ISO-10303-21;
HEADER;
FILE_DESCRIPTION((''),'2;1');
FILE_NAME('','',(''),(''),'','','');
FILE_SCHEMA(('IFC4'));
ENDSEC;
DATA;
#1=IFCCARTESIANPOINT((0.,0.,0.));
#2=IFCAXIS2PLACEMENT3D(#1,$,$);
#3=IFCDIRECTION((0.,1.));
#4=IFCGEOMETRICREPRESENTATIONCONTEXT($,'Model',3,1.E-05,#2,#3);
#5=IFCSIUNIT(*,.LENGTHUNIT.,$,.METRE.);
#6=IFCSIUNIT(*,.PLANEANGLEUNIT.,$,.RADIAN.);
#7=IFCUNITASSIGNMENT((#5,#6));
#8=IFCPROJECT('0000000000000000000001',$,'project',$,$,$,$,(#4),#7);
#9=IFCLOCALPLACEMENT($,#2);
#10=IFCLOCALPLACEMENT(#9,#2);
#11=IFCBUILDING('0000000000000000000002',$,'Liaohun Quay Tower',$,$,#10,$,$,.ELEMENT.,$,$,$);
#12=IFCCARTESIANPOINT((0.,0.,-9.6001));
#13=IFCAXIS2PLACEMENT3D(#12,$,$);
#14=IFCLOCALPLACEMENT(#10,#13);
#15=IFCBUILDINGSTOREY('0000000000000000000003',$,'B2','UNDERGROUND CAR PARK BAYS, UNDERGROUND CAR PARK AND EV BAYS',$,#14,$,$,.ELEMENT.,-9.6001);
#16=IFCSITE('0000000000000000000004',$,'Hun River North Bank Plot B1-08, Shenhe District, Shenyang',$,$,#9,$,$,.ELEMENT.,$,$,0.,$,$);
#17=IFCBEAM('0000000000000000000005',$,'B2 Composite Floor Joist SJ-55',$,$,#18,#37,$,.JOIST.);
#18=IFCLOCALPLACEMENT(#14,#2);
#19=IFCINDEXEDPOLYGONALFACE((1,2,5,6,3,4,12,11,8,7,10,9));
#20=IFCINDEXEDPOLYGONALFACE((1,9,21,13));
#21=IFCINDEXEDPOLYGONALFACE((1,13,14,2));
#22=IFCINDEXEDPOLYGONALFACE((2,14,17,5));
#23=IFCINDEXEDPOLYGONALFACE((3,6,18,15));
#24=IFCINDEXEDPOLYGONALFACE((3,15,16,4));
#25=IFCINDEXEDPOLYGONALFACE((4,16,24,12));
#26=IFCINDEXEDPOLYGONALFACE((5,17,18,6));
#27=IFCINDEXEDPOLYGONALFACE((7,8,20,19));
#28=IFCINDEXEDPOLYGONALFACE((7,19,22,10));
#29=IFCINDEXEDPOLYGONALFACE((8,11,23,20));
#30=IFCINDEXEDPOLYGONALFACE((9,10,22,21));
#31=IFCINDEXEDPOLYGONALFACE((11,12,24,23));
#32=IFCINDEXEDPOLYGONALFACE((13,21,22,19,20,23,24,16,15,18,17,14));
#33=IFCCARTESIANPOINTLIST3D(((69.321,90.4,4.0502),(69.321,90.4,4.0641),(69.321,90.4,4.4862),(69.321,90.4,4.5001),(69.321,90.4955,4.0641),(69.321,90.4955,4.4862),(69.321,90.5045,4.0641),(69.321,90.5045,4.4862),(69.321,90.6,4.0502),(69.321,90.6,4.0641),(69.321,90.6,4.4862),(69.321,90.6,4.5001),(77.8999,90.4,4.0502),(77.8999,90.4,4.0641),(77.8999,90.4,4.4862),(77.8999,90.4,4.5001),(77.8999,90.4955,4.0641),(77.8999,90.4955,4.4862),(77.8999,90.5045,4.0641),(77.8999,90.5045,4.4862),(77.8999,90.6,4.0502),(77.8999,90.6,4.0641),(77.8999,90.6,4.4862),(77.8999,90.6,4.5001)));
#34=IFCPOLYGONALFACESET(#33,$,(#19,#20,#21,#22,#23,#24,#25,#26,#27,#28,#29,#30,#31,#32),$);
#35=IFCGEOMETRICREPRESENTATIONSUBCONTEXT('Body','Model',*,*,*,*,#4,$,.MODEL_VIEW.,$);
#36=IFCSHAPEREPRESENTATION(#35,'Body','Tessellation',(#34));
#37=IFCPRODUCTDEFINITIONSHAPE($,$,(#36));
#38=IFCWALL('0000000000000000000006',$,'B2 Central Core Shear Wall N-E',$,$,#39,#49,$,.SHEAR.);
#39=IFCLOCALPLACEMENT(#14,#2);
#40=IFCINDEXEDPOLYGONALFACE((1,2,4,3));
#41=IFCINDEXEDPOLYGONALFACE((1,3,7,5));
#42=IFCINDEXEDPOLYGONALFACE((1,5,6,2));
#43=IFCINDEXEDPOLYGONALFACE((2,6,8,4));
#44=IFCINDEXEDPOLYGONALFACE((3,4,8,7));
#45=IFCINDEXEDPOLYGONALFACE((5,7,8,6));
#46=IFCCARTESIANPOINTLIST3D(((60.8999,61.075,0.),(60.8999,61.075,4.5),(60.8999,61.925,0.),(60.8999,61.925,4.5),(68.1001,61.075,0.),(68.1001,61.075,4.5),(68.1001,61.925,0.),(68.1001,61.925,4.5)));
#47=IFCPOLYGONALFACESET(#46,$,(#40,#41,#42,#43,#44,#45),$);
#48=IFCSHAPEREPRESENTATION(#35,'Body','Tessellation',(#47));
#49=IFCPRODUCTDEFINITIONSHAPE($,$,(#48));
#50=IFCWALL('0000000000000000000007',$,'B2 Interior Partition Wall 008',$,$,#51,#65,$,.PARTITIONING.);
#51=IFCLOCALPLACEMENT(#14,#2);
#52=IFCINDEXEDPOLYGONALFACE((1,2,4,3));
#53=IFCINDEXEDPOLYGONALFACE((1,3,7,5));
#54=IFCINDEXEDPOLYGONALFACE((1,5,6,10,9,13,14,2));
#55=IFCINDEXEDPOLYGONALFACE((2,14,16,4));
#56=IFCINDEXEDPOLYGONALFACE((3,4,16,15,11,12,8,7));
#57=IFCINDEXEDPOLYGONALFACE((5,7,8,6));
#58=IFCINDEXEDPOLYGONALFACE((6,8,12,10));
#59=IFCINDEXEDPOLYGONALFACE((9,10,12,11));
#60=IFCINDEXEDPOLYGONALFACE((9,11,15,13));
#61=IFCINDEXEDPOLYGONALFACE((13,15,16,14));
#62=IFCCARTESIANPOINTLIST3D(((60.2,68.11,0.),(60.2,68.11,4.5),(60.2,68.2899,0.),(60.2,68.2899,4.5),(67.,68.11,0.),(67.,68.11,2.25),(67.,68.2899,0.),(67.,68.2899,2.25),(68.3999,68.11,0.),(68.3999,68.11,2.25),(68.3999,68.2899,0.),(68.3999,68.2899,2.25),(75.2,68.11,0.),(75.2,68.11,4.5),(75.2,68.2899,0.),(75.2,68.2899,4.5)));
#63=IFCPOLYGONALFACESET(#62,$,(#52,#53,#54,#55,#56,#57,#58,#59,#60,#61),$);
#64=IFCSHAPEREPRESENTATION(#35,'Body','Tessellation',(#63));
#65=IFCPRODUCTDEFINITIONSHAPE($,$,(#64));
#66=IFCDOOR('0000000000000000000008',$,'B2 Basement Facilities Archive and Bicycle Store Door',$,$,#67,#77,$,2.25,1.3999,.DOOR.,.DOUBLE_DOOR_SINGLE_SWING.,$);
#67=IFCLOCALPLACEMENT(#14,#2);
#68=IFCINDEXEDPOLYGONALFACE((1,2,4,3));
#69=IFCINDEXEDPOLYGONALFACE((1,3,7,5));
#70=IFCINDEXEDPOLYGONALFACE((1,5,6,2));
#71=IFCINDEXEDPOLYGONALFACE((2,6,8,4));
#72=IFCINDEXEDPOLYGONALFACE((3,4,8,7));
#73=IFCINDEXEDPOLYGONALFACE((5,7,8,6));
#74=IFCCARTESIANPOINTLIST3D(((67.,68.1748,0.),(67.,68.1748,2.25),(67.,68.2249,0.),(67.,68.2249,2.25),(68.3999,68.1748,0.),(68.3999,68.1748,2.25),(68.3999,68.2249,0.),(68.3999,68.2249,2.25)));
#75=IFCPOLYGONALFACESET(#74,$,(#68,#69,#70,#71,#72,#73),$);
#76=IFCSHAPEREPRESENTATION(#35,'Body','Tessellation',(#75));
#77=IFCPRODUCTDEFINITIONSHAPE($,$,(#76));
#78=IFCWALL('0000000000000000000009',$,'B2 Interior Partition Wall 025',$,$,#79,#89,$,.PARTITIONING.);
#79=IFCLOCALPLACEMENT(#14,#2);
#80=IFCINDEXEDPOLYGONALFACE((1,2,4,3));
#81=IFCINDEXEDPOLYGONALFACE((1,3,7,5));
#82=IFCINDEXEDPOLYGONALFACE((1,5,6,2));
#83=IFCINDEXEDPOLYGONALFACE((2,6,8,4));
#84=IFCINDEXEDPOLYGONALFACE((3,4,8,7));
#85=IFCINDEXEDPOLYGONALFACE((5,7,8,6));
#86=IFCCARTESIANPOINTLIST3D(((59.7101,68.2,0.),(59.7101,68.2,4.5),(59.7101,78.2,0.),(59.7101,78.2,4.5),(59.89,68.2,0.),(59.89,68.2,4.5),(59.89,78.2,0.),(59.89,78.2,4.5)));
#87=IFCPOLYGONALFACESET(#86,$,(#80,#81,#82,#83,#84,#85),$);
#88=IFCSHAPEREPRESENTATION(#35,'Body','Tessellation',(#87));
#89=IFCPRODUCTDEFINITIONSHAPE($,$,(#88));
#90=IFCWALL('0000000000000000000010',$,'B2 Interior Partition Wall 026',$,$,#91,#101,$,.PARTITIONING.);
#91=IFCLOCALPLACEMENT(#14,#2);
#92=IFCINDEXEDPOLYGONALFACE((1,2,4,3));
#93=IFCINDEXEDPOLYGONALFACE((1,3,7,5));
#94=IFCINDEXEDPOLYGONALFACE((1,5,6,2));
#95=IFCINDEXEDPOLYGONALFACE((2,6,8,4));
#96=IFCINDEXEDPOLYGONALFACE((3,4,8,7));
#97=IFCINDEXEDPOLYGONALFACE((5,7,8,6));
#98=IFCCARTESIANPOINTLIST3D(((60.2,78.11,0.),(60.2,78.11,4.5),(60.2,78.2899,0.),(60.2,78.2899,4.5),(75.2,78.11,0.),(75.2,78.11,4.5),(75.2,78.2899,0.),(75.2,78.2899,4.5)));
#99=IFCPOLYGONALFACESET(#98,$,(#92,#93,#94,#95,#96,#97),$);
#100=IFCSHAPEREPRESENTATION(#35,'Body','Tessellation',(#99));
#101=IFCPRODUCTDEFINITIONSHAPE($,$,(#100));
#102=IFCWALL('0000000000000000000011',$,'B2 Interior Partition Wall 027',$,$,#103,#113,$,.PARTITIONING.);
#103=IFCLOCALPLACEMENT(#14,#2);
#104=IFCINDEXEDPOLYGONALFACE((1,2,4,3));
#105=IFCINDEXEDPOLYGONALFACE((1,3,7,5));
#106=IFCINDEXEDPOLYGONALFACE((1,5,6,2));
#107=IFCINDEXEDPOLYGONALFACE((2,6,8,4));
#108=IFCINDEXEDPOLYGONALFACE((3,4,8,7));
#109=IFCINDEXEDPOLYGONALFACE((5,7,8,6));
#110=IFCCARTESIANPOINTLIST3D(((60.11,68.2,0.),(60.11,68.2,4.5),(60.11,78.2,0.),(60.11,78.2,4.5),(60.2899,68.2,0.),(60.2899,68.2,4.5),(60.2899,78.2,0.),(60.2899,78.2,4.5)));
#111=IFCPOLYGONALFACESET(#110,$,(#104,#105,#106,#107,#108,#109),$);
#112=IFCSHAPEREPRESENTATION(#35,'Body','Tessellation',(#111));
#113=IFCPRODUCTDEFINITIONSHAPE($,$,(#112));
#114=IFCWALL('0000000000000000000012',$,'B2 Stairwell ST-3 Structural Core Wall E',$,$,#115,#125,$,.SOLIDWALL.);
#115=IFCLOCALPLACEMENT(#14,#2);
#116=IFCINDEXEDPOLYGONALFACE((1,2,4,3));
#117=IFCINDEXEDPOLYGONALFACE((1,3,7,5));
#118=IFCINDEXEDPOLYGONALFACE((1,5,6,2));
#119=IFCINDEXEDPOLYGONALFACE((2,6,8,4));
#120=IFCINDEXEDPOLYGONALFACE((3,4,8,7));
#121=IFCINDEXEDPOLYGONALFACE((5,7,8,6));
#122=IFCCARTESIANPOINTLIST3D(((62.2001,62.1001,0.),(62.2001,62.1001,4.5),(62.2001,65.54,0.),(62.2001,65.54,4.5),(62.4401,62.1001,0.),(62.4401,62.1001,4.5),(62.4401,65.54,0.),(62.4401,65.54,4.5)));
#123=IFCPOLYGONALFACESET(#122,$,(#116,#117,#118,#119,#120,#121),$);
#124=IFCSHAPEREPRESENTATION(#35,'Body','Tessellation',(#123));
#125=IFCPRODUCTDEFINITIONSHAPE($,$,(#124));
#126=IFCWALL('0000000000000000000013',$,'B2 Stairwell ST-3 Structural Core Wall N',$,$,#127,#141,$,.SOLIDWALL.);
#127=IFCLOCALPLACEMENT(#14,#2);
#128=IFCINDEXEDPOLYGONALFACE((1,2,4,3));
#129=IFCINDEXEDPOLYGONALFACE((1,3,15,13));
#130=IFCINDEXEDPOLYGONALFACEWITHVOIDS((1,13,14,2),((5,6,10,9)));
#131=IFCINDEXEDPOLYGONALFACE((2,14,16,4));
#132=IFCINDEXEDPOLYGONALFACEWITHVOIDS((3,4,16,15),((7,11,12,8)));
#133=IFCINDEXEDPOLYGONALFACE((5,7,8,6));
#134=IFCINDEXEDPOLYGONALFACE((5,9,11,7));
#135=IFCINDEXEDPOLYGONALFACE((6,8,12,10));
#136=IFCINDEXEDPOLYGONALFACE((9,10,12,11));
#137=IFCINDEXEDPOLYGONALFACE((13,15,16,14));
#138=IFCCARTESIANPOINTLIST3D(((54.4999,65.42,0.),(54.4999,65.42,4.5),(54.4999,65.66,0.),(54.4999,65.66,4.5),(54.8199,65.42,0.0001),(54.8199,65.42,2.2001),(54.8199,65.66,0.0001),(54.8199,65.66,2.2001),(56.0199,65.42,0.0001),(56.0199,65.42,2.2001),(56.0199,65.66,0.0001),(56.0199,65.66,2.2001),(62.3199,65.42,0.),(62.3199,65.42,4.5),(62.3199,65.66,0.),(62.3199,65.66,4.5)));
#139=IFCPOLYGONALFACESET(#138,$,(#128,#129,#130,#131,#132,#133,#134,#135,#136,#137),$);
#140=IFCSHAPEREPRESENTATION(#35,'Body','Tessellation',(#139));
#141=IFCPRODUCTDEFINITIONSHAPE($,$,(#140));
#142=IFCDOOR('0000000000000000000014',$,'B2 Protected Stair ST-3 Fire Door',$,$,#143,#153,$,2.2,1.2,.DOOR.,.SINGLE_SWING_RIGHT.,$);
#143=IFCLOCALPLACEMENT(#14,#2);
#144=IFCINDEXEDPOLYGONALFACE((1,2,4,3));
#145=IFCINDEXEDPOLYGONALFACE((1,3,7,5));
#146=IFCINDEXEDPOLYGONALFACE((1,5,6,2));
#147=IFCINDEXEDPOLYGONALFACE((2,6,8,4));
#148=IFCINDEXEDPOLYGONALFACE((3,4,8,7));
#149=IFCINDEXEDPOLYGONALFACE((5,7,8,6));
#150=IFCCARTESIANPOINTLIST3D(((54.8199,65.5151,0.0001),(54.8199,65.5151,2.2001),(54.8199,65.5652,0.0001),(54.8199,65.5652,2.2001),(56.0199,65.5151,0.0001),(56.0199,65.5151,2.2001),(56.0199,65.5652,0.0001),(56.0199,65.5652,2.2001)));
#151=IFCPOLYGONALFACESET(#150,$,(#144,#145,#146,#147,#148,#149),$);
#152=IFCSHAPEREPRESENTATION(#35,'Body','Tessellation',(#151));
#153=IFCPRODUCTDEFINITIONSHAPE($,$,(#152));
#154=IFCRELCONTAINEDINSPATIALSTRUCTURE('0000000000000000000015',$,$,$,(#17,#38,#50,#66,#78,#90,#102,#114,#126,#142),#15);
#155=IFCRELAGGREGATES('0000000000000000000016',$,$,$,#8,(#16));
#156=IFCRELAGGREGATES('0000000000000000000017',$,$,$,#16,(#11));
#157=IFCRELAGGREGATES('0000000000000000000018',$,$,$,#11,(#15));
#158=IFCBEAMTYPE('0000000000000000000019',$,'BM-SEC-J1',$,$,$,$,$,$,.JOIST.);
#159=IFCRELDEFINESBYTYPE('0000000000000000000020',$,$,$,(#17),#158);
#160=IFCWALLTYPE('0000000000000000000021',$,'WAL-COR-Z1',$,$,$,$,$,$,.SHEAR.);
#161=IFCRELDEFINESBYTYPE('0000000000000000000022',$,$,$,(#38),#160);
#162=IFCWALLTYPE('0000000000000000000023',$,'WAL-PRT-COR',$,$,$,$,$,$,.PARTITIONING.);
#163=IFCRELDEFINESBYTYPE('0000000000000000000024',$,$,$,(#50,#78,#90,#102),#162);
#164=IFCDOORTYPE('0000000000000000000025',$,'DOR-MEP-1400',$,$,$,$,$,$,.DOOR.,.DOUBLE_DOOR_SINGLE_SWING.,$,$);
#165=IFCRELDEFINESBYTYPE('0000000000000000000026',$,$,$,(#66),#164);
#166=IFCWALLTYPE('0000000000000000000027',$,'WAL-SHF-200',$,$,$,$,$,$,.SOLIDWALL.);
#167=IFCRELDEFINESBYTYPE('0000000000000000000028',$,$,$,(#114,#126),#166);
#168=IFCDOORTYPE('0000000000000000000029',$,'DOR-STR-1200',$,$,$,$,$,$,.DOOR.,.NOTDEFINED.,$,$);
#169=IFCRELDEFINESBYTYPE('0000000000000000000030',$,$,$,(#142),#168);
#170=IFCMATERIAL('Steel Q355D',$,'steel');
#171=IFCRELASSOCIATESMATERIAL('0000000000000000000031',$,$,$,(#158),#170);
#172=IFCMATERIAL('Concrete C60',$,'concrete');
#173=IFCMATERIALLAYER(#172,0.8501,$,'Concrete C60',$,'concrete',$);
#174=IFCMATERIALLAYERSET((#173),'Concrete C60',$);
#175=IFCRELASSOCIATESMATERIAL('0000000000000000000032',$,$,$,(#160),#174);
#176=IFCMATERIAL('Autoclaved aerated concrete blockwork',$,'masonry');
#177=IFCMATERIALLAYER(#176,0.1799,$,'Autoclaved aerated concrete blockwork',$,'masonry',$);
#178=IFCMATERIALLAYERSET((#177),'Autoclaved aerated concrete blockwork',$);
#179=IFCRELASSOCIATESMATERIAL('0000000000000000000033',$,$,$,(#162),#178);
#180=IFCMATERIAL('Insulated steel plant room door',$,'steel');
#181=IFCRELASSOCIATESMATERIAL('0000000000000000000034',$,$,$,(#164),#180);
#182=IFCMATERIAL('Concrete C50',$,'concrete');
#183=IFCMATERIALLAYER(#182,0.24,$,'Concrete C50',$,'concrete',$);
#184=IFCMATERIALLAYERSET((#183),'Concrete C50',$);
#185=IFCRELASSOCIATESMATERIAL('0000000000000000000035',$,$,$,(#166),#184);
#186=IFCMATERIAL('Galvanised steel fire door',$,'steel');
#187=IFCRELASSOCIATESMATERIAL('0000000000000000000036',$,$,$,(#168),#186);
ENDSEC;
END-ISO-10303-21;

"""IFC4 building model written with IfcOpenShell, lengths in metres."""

from ifc_helpers import new_model, si_unit, direction, frame, frame_2d, origin, origin_2d, place, context, subcontext, project, spatial, rectangle, i_section, extrude, source, transform, mapped, material, layer, layer_set, material_profile, profile_set, type_object, element, fill, save


model = new_model("IFC4")

# Units and contexts
model_context = context("Model", 3, precision=1e-05, world=origin(), true_north=direction((0.0, 1.0)))
body_context = subcontext(model_context, "Body", "Model", "MODEL_VIEW")
ifc_project = project(units=[si_unit("LENGTHUNIT", "METRE"), si_unit("PLANEANGLEUNIT", "RADIAN")], contexts=[model_context])

# Site, building, storey
site_placement = place(None, origin())
site = spatial("IfcSite", under=ifc_project, at=site_placement, Name="Hun River North Bank Plot B1-08, Shenhe District, Shenyang", CompositionType="ELEMENT", RefElevation=0.0)
building_placement = place(site_placement, origin())
building = spatial("IfcBuilding", under=site, at=building_placement, Name="Liaohun Quay Tower", CompositionType="ELEMENT")
storey_placement = place(building_placement, frame((0.0, 0.0, -9.6001)))
storey = spatial("IfcBuildingStorey", under=building, at=storey_placement, Name="B2", Description="UNDERGROUND CAR PARK BAYS, UNDERGROUND CAR PARK AND EV BAYS", CompositionType="ELEMENT", Elevation=-9.6001)

# Shared definitions
ifc_material_1 = material(Name="Concrete C50", Category="concrete")

# Shared definitions
ifc_material_2 = material(Name="Concrete C60", Category="concrete")

# Beam
ifc_material_3 = material(Name="Steel Q355D", Category="steel")
ifc_material_profile_1 = material_profile(ifc_material_3, i_section(OverallWidth=0.2, OverallDepth=0.45, WebThickness=0.009, FlangeThickness=0.0139, at=origin_2d()), Name="HN450x200x9x14")
ifc_profile_set_1 = profile_set([ifc_material_profile_1], Name="Steel Q355D")
beam_type_1 = type_object("IfcBeamType", Name="BM-SEC-J1", PredefinedType="JOIST", material=ifc_profile_set_1)
shared_shape_1 = source(origin(), body_context, "Body", "SweptSolid", [
    extrude(i_section(OverallWidth=0.2, OverallDepth=0.45, WebThickness=0.009, FlangeThickness=0.0139, at=origin_2d()), origin(), (0.0, 0.0, 1.0), 8.5789),
])
beam_1_placement = place(storey_placement, frame((69.321, 90.5, 4.2751), z_axis=(1.0, 0.0, 0.0), x_axis=(0.0, 1.0, 0.0)))
element("IfcBeam", 1, at=beam_1_placement, inside=storey, type_object=beam_type_1, Name="B2 Composite Floor Joist SJ-55", PredefinedType="JOIST", context=body_context, shape_type="MappedRepresentation", body=[
    mapped(shared_shape_1, transform((0.0, 0.0, 0.0), x_axis=(1.0, 0.0, 0.0), y_axis=(0.0, 1.0, 0.0), z_axis=(0.0, 0.0, 1.0), scale=1.0)),
])

# Wall
ifc_layer_1 = layer(ifc_material_2, 0.8501, Name="Concrete C60", Category="concrete")
ifc_layer_set_1 = layer_set([ifc_layer_1], Name="Concrete C60")
wall_type_1 = type_object("IfcWallType", Name="WAL-COR-Z1", PredefinedType="SHEAR", material=ifc_layer_set_1)
wall_1_placement = place(storey_placement, frame((60.8999, 61.5, 0.0), z_axis=(0.0, 0.0, 1.0), x_axis=(1.0, 0.0, 0.0)))
element("IfcWall", 2, at=wall_1_placement, inside=storey, type_object=wall_type_1, Name="B2 Central Core Shear Wall N-E", PredefinedType="SHEAR", context=body_context, shape_type="SweptSolid", body=[
    extrude(rectangle(XDim=7.2002, YDim=0.8501, at=frame_2d((3.6001, 0.0))), origin(), (0.0, 0.0, 1.0), 4.5),
])

# Wall, opening, door
ifc_material_4 = material(Name="Autoclaved aerated concrete blockwork", Category="masonry")
ifc_layer_2 = layer(ifc_material_4, 0.1799, Name="Autoclaved aerated concrete blockwork", Category="masonry")
ifc_layer_set_2 = layer_set([ifc_layer_2], Name="Autoclaved aerated concrete blockwork")
wall_type_2 = type_object("IfcWallType", Name="WAL-PRT-COR", PredefinedType="PARTITIONING", material=ifc_layer_set_2)
wall_2_placement = place(storey_placement, frame((60.2, 68.2, 0.0), z_axis=(0.0, 0.0, 1.0), x_axis=(1.0, 0.0, 0.0)))
wall_2 = element("IfcWall", 3, at=wall_2_placement, inside=storey, type_object=wall_type_2, Name="B2 Interior Partition Wall 008", PredefinedType="PARTITIONING", context=body_context, shape_type="SweptSolid", body=[
    extrude(rectangle(XDim=15.0, YDim=0.1799, at=frame_2d((7.5, 0.0))), origin(), (0.0, 0.0, 1.0), 4.5),
])
shared_shape_2 = source(origin(), body_context, "Body", "SweptSolid", [
    extrude(rectangle(XDim=1.3999, YDim=2.25, at=frame_2d((0.7, 1.125))), frame((0.0, 0.0999, 0.0), z_axis=(0.0, -1.0, 0.0), x_axis=(1.0, 0.0, 0.0)), (0.0, 0.0, 1.0), 0.2),
])
opening_1_placement = place(wall_2_placement, frame((6.8, 0.0, 0.0)))
opening_1 = element("IfcOpeningElement", 4, at=opening_1_placement, cuts=wall_2, PredefinedType="OPENING", context=body_context, shape_type="MappedRepresentation", body=[
    mapped(shared_shape_2, transform((0.0, 0.0, 0.0), x_axis=(1.0, 0.0, 0.0), y_axis=(0.0, 1.0, 0.0), z_axis=(0.0, 0.0, 1.0), scale=1.0)),
])
ifc_material_5 = material(Name="Insulated steel plant room door", Category="steel")
door_type_1 = type_object("IfcDoorType", Name="DOR-MEP-1400", OperationType="DOUBLE_DOOR_SINGLE_SWING", PredefinedType="DOOR", material=ifc_material_5)
shared_shape_3 = source(origin(), body_context, "Body", "SweptSolid", [
    extrude(rectangle(XDim=1.3999, YDim=2.25, at=frame_2d((0.7, 1.125))), frame((0.0, 0.0249, 0.0), z_axis=(0.0, -1.0, 0.0), x_axis=(1.0, 0.0, 0.0)), (0.0, 0.0, 1.0), 0.05),
])
door_1_placement = place(opening_1_placement, origin())
door_1 = element("IfcDoor", 5, at=door_1_placement, inside=storey, type_object=door_type_1, Name="B2 Basement Facilities Archive and Bicycle Store Door", OperationType="DOUBLE_DOOR_SINGLE_SWING", OverallHeight=2.25, OverallWidth=1.3999, PredefinedType="DOOR", context=body_context, shape_type="MappedRepresentation", body=[
    mapped(shared_shape_3, transform((0.0, 0.0, 0.0), x_axis=(1.0, 0.0, 0.0), y_axis=(0.0, 1.0, 0.0), z_axis=(0.0, 0.0, 1.0), scale=1.0)),
])
fill(opening_1, door_1)

# Walls
wall_3_placement = place(storey_placement, frame((59.8, 68.2, 0.0), z_axis=(0.0, 0.0, 1.0), x_axis=(0.0, 1.0, 0.0)))
element("IfcWall", 6, at=wall_3_placement, inside=storey, type_object=wall_type_2, Name="B2 Interior Partition Wall 025", PredefinedType="PARTITIONING", context=body_context, shape_type="SweptSolid", body=[
    extrude(rectangle(XDim=10.0, YDim=0.1799, at=frame_2d((5.0, 0.0))), origin(), (0.0, 0.0, 1.0), 4.5),
])
wall_4_placement = place(storey_placement, frame((60.2, 78.2, 0.0), z_axis=(0.0, 0.0, 1.0), x_axis=(1.0, 0.0, 0.0)))
element("IfcWall", 7, at=wall_4_placement, inside=storey, type_object=wall_type_2, Name="B2 Interior Partition Wall 026", PredefinedType="PARTITIONING", context=body_context, shape_type="SweptSolid", body=[
    extrude(rectangle(XDim=15.0, YDim=0.1799, at=frame_2d((7.5, 0.0))), origin(), (0.0, 0.0, 1.0), 4.5),
])
wall_5_placement = place(storey_placement, frame((60.2, 68.2, 0.0), z_axis=(0.0, 0.0, 1.0), x_axis=(0.0, 1.0, 0.0)))
element("IfcWall", 8, at=wall_5_placement, inside=storey, type_object=wall_type_2, Name="B2 Interior Partition Wall 027", PredefinedType="PARTITIONING", context=body_context, shape_type="SweptSolid", body=[
    extrude(rectangle(XDim=10.0, YDim=0.1799, at=frame_2d((5.0, 0.0))), origin(), (0.0, 0.0, 1.0), 4.5),
])
ifc_layer_3 = layer(ifc_material_1, 0.24, Name="Concrete C50", Category="concrete")
ifc_layer_set_3 = layer_set([ifc_layer_3], Name="Concrete C50")
wall_type_3 = type_object("IfcWallType", Name="WAL-SHF-200", PredefinedType="SOLIDWALL", material=ifc_layer_set_3)
wall_6_placement = place(storey_placement, frame((62.3201, 62.1001, 0.0), z_axis=(0.0, 0.0, 1.0), x_axis=(0.0, 1.0, 0.0)))
element("IfcWall", 9, at=wall_6_placement, inside=storey, type_object=wall_type_3, Name="B2 Stairwell ST-3 Structural Core Wall E", PredefinedType="SOLIDWALL", context=body_context, shape_type="SweptSolid", body=[
    extrude(rectangle(XDim=3.4399, YDim=0.24, at=frame_2d((1.72, 0.0))), origin(), (0.0, 0.0, 1.0), 4.5),
])

# Wall, opening, door
wall_7_placement = place(storey_placement, frame((62.3201, 65.54, 0.0), z_axis=(0.0, 0.0, 1.0), x_axis=(-1.0, 0.0, 0.0)))
wall_7 = element("IfcWall", 10, at=wall_7_placement, inside=storey, type_object=wall_type_3, Name="B2 Stairwell ST-3 Structural Core Wall N", PredefinedType="SOLIDWALL", context=body_context, shape_type="SweptSolid", body=[
    extrude(rectangle(XDim=7.8201, YDim=0.24, at=frame_2d((3.9102, 0.0))), origin(), (0.0, 0.0, 1.0), 4.5),
])
shared_shape_4 = source(origin(), body_context, "Body", "SweptSolid", [
    extrude(rectangle(XDim=1.2, YDim=2.2, at=frame_2d((0.6001, 1.1001))), frame((0.0, 0.1299, 0.0), z_axis=(0.0, -1.0, 0.0), x_axis=(1.0, 0.0, 0.0)), (0.0, 0.0, 1.0), 0.26),
])
opening_2_placement = place(wall_7_placement, frame((6.3, 0.0, 0.0)))
opening_2 = element("IfcOpeningElement", 11, at=opening_2_placement, cuts=wall_7, PredefinedType="OPENING", context=body_context, shape_type="MappedRepresentation", body=[
    mapped(shared_shape_4, transform((0.0, 0.0, 0.0), x_axis=(1.0, 0.0, 0.0), y_axis=(0.0, 1.0, 0.0), z_axis=(0.0, 0.0, 1.0), scale=1.0)),
])
ifc_material_6 = material(Name="Galvanised steel fire door", Category="steel")
door_type_2 = type_object("IfcDoorType", Name="DOR-STR-1200", OperationType="NOTDEFINED", PredefinedType="DOOR", material=ifc_material_6)
shared_shape_5 = source(origin(), body_context, "Body", "SweptSolid", [
    extrude(rectangle(XDim=1.2, YDim=2.2, at=frame_2d((0.6001, 1.1001))), frame((0.0, 0.0249, 0.0), z_axis=(0.0, -1.0, 0.0), x_axis=(1.0, 0.0, 0.0)), (0.0, 0.0, 1.0), 0.05),
])
door_2_placement = place(opening_2_placement, origin())
door_2 = element("IfcDoor", 12, at=door_2_placement, inside=storey, type_object=door_type_2, Name="B2 Protected Stair ST-3 Fire Door", OperationType="SINGLE_SWING_RIGHT", OverallHeight=2.2, OverallWidth=1.2, PredefinedType="DOOR", context=body_context, shape_type="MappedRepresentation", body=[
    mapped(shared_shape_5, transform((0.0, 0.0, 0.0), x_axis=(1.0, 0.0, 0.0), y_axis=(0.0, 1.0, 0.0), z_axis=(0.0, 0.0, 1.0), scale=1.0)),
])
fill(opening_2, door_2)

save(model, "model.ifc")
